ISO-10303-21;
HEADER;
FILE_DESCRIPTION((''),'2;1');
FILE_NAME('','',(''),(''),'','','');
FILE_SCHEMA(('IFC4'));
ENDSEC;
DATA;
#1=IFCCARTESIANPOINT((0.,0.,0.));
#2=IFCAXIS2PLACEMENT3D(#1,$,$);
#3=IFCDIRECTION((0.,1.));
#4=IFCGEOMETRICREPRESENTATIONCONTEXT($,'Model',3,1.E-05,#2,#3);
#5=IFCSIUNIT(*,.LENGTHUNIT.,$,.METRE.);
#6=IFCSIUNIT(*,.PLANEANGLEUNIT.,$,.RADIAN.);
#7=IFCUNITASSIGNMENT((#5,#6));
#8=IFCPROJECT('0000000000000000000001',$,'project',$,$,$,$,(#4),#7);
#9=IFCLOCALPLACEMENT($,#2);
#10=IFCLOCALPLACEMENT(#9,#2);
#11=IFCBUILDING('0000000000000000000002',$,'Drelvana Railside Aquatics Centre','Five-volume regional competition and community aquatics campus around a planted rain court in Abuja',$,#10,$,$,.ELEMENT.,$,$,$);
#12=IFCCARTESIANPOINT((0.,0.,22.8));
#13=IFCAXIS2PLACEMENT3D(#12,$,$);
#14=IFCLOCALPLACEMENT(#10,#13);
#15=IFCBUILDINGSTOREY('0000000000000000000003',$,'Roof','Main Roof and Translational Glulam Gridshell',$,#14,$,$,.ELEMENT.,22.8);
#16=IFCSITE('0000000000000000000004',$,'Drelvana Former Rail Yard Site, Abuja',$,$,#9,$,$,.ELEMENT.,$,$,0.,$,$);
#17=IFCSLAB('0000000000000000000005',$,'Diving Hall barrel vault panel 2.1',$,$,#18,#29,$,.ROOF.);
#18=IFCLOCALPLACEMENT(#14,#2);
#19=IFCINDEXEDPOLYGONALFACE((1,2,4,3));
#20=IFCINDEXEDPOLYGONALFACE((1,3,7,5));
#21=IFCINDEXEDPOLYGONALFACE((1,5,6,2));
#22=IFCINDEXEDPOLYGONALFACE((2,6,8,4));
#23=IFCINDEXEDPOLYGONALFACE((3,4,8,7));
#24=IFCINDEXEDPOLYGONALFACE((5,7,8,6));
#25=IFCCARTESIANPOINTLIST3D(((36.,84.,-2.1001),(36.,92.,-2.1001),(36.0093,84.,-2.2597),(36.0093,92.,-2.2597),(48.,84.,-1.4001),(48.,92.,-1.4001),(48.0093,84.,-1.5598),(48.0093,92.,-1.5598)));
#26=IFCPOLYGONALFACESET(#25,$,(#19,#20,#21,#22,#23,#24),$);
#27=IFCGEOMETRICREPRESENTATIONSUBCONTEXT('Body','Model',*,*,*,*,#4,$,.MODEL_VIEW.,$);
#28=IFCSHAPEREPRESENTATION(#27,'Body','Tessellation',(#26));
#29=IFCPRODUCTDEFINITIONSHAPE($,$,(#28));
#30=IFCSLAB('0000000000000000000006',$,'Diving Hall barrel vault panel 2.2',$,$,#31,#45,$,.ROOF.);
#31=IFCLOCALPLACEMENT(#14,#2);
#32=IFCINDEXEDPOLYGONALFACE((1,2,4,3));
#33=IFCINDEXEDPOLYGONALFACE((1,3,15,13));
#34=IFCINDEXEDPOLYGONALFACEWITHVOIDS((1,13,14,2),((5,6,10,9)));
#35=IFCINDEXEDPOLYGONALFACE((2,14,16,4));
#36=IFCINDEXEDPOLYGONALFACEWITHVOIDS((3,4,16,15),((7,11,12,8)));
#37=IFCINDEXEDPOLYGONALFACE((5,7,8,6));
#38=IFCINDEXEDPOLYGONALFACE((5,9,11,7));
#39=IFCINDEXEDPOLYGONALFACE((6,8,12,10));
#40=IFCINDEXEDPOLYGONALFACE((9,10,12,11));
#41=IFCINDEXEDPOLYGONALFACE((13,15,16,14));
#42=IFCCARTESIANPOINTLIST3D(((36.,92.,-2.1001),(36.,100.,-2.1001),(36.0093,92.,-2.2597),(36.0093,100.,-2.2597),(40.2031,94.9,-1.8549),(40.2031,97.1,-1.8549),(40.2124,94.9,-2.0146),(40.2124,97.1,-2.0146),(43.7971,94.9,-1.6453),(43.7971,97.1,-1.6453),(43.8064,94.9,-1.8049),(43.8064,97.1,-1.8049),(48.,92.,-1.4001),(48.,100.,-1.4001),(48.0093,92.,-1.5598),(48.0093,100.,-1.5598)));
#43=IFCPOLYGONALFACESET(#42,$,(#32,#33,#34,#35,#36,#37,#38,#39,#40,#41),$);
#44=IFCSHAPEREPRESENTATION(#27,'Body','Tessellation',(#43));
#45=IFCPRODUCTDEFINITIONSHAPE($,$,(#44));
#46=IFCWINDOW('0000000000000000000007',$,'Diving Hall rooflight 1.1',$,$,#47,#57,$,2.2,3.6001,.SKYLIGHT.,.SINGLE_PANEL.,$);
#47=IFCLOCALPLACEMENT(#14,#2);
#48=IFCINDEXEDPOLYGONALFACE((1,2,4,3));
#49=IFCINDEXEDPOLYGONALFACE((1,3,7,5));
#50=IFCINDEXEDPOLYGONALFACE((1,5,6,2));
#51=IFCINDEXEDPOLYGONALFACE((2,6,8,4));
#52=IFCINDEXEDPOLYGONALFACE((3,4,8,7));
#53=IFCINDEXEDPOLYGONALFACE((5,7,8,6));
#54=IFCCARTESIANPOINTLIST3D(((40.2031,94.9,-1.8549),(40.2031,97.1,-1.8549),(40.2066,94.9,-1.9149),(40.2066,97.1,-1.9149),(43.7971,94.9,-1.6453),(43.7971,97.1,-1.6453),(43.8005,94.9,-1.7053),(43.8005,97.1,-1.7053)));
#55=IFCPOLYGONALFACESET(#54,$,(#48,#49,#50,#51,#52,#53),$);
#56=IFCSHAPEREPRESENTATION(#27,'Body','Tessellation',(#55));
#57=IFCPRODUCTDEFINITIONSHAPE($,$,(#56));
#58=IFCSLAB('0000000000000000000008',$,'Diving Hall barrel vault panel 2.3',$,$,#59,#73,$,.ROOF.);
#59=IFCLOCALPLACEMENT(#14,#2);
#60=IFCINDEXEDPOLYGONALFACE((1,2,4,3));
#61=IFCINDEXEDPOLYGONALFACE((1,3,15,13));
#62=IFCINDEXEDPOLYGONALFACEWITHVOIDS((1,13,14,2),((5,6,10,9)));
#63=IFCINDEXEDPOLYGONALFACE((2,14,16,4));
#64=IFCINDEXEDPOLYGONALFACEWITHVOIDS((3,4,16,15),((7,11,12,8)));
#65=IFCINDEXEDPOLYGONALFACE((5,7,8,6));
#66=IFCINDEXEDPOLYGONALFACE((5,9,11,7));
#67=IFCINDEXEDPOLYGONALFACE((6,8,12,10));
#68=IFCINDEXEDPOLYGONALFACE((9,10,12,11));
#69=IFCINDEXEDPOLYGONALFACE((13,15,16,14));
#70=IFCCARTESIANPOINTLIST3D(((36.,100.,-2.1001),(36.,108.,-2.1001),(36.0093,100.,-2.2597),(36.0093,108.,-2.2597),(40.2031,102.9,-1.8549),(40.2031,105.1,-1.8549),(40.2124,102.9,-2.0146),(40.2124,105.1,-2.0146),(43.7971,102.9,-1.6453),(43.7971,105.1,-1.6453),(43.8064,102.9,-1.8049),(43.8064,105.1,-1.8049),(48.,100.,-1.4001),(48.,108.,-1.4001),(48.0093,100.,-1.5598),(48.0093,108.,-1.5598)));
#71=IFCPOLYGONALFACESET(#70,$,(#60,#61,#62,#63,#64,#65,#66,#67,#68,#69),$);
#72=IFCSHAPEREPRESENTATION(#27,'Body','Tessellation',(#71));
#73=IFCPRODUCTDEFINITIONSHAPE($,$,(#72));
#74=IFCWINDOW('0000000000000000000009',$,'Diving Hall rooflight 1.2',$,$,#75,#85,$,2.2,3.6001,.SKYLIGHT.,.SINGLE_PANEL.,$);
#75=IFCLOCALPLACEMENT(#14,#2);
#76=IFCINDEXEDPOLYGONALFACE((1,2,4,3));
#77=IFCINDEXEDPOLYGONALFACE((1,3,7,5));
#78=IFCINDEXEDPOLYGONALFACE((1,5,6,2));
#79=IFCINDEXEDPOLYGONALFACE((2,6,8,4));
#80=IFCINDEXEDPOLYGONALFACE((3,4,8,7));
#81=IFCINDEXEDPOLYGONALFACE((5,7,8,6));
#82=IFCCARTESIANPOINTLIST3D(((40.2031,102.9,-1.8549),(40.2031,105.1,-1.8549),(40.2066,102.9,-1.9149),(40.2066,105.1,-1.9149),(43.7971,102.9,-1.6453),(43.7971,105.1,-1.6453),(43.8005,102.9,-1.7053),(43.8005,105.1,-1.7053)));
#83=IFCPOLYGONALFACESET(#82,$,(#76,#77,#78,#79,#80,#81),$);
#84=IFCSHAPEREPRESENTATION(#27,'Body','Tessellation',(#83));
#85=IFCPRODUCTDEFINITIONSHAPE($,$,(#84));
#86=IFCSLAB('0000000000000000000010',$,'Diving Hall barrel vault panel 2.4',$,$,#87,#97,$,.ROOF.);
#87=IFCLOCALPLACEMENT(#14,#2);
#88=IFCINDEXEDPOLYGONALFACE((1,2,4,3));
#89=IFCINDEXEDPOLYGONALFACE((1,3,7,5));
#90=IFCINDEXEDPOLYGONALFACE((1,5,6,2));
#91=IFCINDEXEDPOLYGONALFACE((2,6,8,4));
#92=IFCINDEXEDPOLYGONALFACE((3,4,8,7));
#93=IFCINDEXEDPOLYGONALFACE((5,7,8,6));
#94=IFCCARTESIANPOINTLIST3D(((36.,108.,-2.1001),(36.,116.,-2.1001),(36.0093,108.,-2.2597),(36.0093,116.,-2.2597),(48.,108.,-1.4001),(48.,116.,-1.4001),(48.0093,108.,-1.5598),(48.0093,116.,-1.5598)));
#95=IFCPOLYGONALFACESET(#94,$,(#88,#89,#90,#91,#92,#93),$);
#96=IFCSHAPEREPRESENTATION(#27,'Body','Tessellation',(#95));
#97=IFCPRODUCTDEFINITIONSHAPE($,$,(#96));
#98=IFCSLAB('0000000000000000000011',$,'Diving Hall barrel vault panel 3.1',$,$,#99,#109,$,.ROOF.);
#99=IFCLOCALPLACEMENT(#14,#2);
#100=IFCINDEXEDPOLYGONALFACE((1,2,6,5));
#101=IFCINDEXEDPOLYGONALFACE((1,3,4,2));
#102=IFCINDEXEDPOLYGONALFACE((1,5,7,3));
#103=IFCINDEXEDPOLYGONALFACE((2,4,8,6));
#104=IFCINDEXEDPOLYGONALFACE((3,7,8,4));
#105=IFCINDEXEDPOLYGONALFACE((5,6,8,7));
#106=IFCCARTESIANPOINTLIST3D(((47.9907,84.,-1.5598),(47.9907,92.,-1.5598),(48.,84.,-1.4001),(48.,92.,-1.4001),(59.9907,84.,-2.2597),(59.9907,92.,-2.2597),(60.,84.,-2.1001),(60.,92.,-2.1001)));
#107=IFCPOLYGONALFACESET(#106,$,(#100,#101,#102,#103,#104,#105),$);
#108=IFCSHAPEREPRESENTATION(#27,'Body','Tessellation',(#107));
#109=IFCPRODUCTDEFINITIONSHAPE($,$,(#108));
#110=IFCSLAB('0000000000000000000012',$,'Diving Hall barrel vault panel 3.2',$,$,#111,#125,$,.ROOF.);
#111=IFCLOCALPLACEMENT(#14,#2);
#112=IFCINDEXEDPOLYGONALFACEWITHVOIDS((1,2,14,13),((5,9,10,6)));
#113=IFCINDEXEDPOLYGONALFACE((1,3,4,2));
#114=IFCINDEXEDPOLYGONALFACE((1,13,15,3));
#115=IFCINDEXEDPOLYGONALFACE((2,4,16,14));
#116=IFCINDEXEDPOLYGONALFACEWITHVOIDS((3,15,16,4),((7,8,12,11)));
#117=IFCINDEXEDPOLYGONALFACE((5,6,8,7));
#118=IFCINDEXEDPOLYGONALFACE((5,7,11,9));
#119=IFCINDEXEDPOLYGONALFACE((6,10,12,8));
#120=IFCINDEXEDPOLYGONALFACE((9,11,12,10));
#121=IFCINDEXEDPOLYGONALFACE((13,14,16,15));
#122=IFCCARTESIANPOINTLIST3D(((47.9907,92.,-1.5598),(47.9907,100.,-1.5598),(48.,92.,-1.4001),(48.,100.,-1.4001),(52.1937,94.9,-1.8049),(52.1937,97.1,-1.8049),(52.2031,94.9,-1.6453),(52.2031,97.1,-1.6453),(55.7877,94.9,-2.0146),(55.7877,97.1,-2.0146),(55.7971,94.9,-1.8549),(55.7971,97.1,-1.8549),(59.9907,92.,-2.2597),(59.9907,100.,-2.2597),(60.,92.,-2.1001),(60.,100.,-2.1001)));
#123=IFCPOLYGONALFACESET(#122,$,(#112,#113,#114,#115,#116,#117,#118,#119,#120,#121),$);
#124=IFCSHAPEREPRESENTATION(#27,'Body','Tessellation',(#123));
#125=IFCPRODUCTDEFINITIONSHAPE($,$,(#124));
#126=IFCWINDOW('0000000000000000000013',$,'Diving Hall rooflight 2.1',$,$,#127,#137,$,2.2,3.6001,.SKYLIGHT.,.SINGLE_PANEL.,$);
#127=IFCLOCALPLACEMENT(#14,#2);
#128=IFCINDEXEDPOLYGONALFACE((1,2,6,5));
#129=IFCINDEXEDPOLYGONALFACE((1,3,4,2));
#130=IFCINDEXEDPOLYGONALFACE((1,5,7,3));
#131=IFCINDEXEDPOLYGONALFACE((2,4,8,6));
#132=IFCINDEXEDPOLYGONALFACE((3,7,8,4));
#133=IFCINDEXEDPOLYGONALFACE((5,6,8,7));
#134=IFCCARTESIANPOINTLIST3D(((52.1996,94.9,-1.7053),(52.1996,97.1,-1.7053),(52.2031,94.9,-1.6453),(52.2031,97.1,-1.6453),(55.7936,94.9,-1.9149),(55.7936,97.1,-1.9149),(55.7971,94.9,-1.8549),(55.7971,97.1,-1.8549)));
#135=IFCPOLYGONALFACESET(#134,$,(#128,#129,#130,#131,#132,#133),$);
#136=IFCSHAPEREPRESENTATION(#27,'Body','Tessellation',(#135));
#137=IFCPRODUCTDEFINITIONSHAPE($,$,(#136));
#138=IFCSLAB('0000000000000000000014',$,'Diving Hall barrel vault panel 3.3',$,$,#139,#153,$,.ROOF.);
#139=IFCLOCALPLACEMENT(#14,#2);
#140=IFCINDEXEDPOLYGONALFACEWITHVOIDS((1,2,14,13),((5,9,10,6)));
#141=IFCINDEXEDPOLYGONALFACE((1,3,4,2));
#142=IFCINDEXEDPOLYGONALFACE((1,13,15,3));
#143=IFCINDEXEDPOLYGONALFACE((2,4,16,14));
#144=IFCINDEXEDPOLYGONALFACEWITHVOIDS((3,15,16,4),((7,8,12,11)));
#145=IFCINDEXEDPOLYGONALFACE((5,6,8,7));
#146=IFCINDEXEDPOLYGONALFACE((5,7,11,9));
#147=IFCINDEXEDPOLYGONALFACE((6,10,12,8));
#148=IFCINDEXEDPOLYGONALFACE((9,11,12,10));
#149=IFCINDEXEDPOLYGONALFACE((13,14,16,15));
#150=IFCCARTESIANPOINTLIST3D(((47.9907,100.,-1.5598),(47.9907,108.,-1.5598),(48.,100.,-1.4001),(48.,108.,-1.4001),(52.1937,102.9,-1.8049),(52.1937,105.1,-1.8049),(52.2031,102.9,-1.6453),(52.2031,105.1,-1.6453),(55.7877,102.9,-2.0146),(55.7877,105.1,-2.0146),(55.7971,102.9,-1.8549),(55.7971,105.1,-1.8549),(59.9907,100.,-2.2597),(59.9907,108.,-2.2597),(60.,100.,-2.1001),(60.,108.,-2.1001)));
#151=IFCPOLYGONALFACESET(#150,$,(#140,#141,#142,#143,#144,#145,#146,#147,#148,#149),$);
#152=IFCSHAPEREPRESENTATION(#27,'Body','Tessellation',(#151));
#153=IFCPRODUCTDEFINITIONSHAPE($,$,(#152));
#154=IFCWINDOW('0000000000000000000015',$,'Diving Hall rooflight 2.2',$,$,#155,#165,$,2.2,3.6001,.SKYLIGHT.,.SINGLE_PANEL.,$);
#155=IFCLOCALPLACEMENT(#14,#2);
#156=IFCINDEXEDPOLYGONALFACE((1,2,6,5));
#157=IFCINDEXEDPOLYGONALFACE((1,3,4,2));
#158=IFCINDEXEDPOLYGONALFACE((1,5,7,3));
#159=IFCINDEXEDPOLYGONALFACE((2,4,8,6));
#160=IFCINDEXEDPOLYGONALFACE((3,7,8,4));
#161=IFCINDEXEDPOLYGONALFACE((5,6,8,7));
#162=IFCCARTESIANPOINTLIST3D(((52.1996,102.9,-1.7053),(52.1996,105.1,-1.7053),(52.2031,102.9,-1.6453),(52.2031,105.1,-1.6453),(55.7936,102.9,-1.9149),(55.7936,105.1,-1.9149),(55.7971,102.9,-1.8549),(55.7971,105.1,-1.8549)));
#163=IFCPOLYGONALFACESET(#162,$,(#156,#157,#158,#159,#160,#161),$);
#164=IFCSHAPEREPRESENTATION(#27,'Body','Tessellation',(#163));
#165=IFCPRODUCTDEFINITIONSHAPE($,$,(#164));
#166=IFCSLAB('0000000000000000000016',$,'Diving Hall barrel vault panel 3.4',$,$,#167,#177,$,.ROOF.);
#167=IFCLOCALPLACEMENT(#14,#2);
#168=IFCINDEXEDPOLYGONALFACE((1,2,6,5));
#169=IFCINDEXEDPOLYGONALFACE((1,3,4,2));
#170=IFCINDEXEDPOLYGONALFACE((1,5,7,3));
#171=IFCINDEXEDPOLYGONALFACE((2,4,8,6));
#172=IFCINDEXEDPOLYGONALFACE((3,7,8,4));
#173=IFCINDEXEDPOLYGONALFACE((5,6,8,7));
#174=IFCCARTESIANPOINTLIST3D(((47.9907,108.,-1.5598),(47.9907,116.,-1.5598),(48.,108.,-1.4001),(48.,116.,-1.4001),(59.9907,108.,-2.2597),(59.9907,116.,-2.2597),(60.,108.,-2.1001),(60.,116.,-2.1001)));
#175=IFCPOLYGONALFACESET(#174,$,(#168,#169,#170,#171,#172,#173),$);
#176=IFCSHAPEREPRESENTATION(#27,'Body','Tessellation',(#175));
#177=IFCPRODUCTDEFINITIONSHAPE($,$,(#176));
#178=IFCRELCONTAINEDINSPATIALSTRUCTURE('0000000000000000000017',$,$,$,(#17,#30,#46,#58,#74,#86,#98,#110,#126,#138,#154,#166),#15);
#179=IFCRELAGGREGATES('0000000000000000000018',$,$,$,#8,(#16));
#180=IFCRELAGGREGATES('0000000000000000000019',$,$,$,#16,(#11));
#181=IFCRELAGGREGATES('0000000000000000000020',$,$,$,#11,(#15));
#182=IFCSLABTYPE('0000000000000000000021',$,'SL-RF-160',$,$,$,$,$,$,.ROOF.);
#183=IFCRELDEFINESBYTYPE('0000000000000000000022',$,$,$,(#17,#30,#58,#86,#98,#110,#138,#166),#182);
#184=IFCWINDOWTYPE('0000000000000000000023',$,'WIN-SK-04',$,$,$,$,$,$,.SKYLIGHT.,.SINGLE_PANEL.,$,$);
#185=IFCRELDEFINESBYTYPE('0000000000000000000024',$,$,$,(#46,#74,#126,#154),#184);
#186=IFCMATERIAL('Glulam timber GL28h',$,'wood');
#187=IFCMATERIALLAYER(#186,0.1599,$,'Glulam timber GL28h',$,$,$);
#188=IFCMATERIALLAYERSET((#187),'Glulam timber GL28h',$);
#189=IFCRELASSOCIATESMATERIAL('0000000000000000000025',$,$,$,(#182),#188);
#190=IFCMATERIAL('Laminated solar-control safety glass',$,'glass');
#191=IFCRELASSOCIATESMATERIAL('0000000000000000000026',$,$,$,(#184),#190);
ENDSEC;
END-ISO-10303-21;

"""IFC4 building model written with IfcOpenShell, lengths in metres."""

from ifc_helpers import new_model, si_unit, direction, frame, origin, origin_2d, place, context, subcontext, project, spatial, polyline, rectangle, outline, extrude, material, layer, layer_set, type_object, element, fill, save


model = new_model("IFC4")

# Units and contexts
model_context = context("Model", 3, precision=1e-05, world=origin(), true_north=direction((0.0, 1.0)))
body_context = subcontext(model_context, "Body", "Model", "MODEL_VIEW")
ifc_project = project(units=[si_unit("LENGTHUNIT", "METRE"), si_unit("PLANEANGLEUNIT", "RADIAN")], contexts=[model_context])

# Site, building, storey
site_placement = place(None, origin())
site = spatial("IfcSite", under=ifc_project, at=site_placement, Name="Drelvana Former Rail Yard Site, Abuja", CompositionType="ELEMENT", RefElevation=0.0)
building_placement = place(site_placement, origin())
building = spatial("IfcBuilding", under=site, at=building_placement, Name="Drelvana Railside Aquatics Centre", Description="Five-volume regional competition and community aquatics campus around a planted rain court in Abuja", CompositionType="ELEMENT")
storey_placement = place(building_placement, frame((0.0, 0.0, 22.8)))
storey = spatial("IfcBuildingStorey", under=building, at=storey_placement, Name="Roof", Description="Main Roof and Translational Glulam Gridshell", CompositionType="ELEMENT", Elevation=22.8)

# Shared definitions
ifc_material_1 = material(Name="Glulam timber GL28h", Category="wood")

# Slab
ifc_layer_1 = layer(ifc_material_1, 0.1599, Name="Glulam timber GL28h")
ifc_layer_set_1 = layer_set([ifc_layer_1], Name="Glulam timber GL28h")
slab_type = type_object("IfcSlabType", Name="SL-RF-160", PredefinedType="ROOF", material=ifc_layer_set_1)
slab_1_placement = place(storey_placement, frame((36.0, 84.0, -2.1001), z_axis=(-0.05823, 0.0, 0.998303), x_axis=(0.998303, 0.0, 0.05823)))
element("IfcSlab", 1, at=slab_1_placement, inside=storey, type_object=slab_type, Name="Diving Hall barrel vault panel 2.1", PredefinedType="ROOF", context=body_context, shape_type="SweptSolid", body=[
    extrude(outline(polyline([(0.0, 0.0), (12.0204, 0.0), (12.0204, 8.0), (0.0, 8.0), (0.0, 0.0)])), origin(), (0.0, 0.0, -1.0), 0.1599),
])

# Slabs, openings, windows
slab_2_placement = place(storey_placement, frame((36.0, 92.0, -2.1001), z_axis=(-0.05823, 0.0, 0.998303), x_axis=(0.998303, 0.0, 0.05823)))
slab_2 = element("IfcSlab", 2, at=slab_2_placement, inside=storey, type_object=slab_type, Name="Diving Hall barrel vault panel 2.2", PredefinedType="ROOF", context=body_context, shape_type="SweptSolid", body=[
    extrude(outline(polyline([(0.0, 0.0), (12.0204, 0.0), (12.0204, 8.0), (0.0, 8.0), (0.0, 0.0)])), origin(), (0.0, 0.0, -1.0), 0.1599),
])
opening_1_placement = place(slab_2_placement, frame((6.0103, 4.0, 0.01)))
opening_1 = element("IfcOpeningElement", 3, at=opening_1_placement, cuts=slab_2, PredefinedType="OPENING", context=body_context, shape_type="SweptSolid", body=[
    extrude(rectangle(XDim=3.6001, YDim=2.2, at=origin_2d()), origin(), (0.0, 0.0, -1.0), 0.1799),
])
ifc_material_2 = material(Name="Laminated solar-control safety glass", Category="glass")
window_type = type_object("IfcWindowType", Name="WIN-SK-04", PartitioningType="SINGLE_PANEL", PredefinedType="SKYLIGHT", material=ifc_material_2)
window_1_placement = place(slab_2_placement, frame((6.0103, 4.0, 0.0)))
window_1 = element("IfcWindow", 4, at=window_1_placement, inside=storey, type_object=window_type, Name="Diving Hall rooflight 1.1", OverallHeight=2.2, OverallWidth=3.6001, PartitioningType="SINGLE_PANEL", PredefinedType="SKYLIGHT", context=body_context, shape_type="SweptSolid", body=[
    extrude(rectangle(XDim=3.6001, YDim=2.2, at=origin_2d()), origin(), (0.0, 0.0, -1.0), 0.0601),
])
fill(opening_1, window_1)
slab_3_placement = place(storey_placement, frame((36.0, 100.0, -2.1001), z_axis=(-0.05823, 0.0, 0.998303), x_axis=(0.998303, 0.0, 0.05823)))
slab_3 = element("IfcSlab", 5, at=slab_3_placement, inside=storey, type_object=slab_type, Name="Diving Hall barrel vault panel 2.3", PredefinedType="ROOF", context=body_context, shape_type="SweptSolid", body=[
    extrude(outline(polyline([(0.0, 0.0), (12.0204, 0.0), (12.0204, 8.0), (0.0, 8.0), (0.0, 0.0)])), origin(), (0.0, 0.0, -1.0), 0.1599),
])
opening_2_placement = place(slab_3_placement, frame((6.0103, 4.0, 0.01)))
opening_2 = element("IfcOpeningElement", 6, at=opening_2_placement, cuts=slab_3, PredefinedType="OPENING", context=body_context, shape_type="SweptSolid", body=[
    extrude(rectangle(XDim=3.6001, YDim=2.2, at=origin_2d()), origin(), (0.0, 0.0, -1.0), 0.1799),
])
window_2_placement = place(slab_3_placement, frame((6.0103, 4.0, 0.0)))
window_2 = element("IfcWindow", 7, at=window_2_placement, inside=storey, type_object=window_type, Name="Diving Hall rooflight 1.2", OverallHeight=2.2, OverallWidth=3.6001, PartitioningType="SINGLE_PANEL", PredefinedType="SKYLIGHT", context=body_context, shape_type="SweptSolid", body=[
    extrude(rectangle(XDim=3.6001, YDim=2.2, at=origin_2d()), origin(), (0.0, 0.0, -1.0), 0.0601),
])
fill(opening_2, window_2)

# Slabs
for number, where, z_axis, x_axis, name in (
    (8, (36.0, 108.0, -2.1001), (-0.05823, 0.0, 0.998303), (0.998303, 0.0, 0.05823), "Diving Hall barrel vault panel 2.4"),
    (9, (48.0, 84.0, -1.4001), (0.05823, 0.0, 0.998303), (0.998303, 0.0, -0.05823), "Diving Hall barrel vault panel 3.1"),
):
    element("IfcSlab", number, at=place(storey_placement, frame(where, z_axis=z_axis, x_axis=x_axis)), inside=storey, type_object=slab_type, Name=name, PredefinedType="ROOF", context=body_context, shape_type="SweptSolid", body=[
        extrude(outline(polyline([(0.0, 0.0), (12.0204, 0.0), (12.0204, 8.0), (0.0, 8.0), (0.0, 0.0)])), origin(), (0.0, 0.0, -1.0), 0.1599),
    ])

# Slabs, openings, windows
slab_4_placement = place(storey_placement, frame((48.0, 92.0, -1.4001), z_axis=(0.05823, 0.0, 0.998303), x_axis=(0.998303, 0.0, -0.05823)))
slab_4 = element("IfcSlab", 10, at=slab_4_placement, inside=storey, type_object=slab_type, Name="Diving Hall barrel vault panel 3.2", PredefinedType="ROOF", context=body_context, shape_type="SweptSolid", body=[
    extrude(outline(polyline([(0.0, 0.0), (12.0204, 0.0), (12.0204, 8.0), (0.0, 8.0), (0.0, 0.0)])), origin(), (0.0, 0.0, -1.0), 0.1599),
])
opening_3_placement = place(slab_4_placement, frame((6.0103, 4.0, 0.01)))
opening_3 = element("IfcOpeningElement", 11, at=opening_3_placement, cuts=slab_4, PredefinedType="OPENING", context=body_context, shape_type="SweptSolid", body=[
    extrude(rectangle(XDim=3.6001, YDim=2.2, at=origin_2d()), origin(), (0.0, 0.0, -1.0), 0.1799),
])
window_3_placement = place(slab_4_placement, frame((6.0103, 4.0, 0.0)))
window_3 = element("IfcWindow", 12, at=window_3_placement, inside=storey, type_object=window_type, Name="Diving Hall rooflight 2.1", OverallHeight=2.2, OverallWidth=3.6001, PartitioningType="SINGLE_PANEL", PredefinedType="SKYLIGHT", context=body_context, shape_type="SweptSolid", body=[
    extrude(rectangle(XDim=3.6001, YDim=2.2, at=origin_2d()), origin(), (0.0, 0.0, -1.0), 0.0601),
])
fill(opening_3, window_3)
slab_5_placement = place(storey_placement, frame((48.0, 100.0, -1.4001), z_axis=(0.05823, 0.0, 0.998303), x_axis=(0.998303, 0.0, -0.05823)))
slab_5 = element("IfcSlab", 13, at=slab_5_placement, inside=storey, type_object=slab_type, Name="Diving Hall barrel vault panel 3.3", PredefinedType="ROOF", context=body_context, shape_type="SweptSolid", body=[
    extrude(outline(polyline([(0.0, 0.0), (12.0204, 0.0), (12.0204, 8.0), (0.0, 8.0), (0.0, 0.0)])), origin(), (0.0, 0.0, -1.0), 0.1599),
])
opening_4_placement = place(slab_5_placement, frame((6.0103, 4.0, 0.01)))
opening_4 = element("IfcOpeningElement", 14, at=opening_4_placement, cuts=slab_5, PredefinedType="OPENING", context=body_context, shape_type="SweptSolid", body=[
    extrude(rectangle(XDim=3.6001, YDim=2.2, at=origin_2d()), origin(), (0.0, 0.0, -1.0), 0.1799),
])
window_4_placement = place(slab_5_placement, frame((6.0103, 4.0, 0.0)))
window_4 = element("IfcWindow", 15, at=window_4_placement, inside=storey, type_object=window_type, Name="Diving Hall rooflight 2.2", OverallHeight=2.2, OverallWidth=3.6001, PartitioningType="SINGLE_PANEL", PredefinedType="SKYLIGHT", context=body_context, shape_type="SweptSolid", body=[
    extrude(rectangle(XDim=3.6001, YDim=2.2, at=origin_2d()), origin(), (0.0, 0.0, -1.0), 0.0601),
])
fill(opening_4, window_4)

# Slab
slab_6_placement = place(storey_placement, frame((48.0, 108.0, -1.4001), z_axis=(0.05823, 0.0, 0.998303), x_axis=(0.998303, 0.0, -0.05823)))
element("IfcSlab", 16, at=slab_6_placement, inside=storey, type_object=slab_type, Name="Diving Hall barrel vault panel 3.4", PredefinedType="ROOF", context=body_context, shape_type="SweptSolid", body=[
    extrude(outline(polyline([(0.0, 0.0), (12.0204, 0.0), (12.0204, 8.0), (0.0, 8.0), (0.0, 0.0)])), origin(), (0.0, 0.0, -1.0), 0.1599),
])

save(model, "model.ifc")
